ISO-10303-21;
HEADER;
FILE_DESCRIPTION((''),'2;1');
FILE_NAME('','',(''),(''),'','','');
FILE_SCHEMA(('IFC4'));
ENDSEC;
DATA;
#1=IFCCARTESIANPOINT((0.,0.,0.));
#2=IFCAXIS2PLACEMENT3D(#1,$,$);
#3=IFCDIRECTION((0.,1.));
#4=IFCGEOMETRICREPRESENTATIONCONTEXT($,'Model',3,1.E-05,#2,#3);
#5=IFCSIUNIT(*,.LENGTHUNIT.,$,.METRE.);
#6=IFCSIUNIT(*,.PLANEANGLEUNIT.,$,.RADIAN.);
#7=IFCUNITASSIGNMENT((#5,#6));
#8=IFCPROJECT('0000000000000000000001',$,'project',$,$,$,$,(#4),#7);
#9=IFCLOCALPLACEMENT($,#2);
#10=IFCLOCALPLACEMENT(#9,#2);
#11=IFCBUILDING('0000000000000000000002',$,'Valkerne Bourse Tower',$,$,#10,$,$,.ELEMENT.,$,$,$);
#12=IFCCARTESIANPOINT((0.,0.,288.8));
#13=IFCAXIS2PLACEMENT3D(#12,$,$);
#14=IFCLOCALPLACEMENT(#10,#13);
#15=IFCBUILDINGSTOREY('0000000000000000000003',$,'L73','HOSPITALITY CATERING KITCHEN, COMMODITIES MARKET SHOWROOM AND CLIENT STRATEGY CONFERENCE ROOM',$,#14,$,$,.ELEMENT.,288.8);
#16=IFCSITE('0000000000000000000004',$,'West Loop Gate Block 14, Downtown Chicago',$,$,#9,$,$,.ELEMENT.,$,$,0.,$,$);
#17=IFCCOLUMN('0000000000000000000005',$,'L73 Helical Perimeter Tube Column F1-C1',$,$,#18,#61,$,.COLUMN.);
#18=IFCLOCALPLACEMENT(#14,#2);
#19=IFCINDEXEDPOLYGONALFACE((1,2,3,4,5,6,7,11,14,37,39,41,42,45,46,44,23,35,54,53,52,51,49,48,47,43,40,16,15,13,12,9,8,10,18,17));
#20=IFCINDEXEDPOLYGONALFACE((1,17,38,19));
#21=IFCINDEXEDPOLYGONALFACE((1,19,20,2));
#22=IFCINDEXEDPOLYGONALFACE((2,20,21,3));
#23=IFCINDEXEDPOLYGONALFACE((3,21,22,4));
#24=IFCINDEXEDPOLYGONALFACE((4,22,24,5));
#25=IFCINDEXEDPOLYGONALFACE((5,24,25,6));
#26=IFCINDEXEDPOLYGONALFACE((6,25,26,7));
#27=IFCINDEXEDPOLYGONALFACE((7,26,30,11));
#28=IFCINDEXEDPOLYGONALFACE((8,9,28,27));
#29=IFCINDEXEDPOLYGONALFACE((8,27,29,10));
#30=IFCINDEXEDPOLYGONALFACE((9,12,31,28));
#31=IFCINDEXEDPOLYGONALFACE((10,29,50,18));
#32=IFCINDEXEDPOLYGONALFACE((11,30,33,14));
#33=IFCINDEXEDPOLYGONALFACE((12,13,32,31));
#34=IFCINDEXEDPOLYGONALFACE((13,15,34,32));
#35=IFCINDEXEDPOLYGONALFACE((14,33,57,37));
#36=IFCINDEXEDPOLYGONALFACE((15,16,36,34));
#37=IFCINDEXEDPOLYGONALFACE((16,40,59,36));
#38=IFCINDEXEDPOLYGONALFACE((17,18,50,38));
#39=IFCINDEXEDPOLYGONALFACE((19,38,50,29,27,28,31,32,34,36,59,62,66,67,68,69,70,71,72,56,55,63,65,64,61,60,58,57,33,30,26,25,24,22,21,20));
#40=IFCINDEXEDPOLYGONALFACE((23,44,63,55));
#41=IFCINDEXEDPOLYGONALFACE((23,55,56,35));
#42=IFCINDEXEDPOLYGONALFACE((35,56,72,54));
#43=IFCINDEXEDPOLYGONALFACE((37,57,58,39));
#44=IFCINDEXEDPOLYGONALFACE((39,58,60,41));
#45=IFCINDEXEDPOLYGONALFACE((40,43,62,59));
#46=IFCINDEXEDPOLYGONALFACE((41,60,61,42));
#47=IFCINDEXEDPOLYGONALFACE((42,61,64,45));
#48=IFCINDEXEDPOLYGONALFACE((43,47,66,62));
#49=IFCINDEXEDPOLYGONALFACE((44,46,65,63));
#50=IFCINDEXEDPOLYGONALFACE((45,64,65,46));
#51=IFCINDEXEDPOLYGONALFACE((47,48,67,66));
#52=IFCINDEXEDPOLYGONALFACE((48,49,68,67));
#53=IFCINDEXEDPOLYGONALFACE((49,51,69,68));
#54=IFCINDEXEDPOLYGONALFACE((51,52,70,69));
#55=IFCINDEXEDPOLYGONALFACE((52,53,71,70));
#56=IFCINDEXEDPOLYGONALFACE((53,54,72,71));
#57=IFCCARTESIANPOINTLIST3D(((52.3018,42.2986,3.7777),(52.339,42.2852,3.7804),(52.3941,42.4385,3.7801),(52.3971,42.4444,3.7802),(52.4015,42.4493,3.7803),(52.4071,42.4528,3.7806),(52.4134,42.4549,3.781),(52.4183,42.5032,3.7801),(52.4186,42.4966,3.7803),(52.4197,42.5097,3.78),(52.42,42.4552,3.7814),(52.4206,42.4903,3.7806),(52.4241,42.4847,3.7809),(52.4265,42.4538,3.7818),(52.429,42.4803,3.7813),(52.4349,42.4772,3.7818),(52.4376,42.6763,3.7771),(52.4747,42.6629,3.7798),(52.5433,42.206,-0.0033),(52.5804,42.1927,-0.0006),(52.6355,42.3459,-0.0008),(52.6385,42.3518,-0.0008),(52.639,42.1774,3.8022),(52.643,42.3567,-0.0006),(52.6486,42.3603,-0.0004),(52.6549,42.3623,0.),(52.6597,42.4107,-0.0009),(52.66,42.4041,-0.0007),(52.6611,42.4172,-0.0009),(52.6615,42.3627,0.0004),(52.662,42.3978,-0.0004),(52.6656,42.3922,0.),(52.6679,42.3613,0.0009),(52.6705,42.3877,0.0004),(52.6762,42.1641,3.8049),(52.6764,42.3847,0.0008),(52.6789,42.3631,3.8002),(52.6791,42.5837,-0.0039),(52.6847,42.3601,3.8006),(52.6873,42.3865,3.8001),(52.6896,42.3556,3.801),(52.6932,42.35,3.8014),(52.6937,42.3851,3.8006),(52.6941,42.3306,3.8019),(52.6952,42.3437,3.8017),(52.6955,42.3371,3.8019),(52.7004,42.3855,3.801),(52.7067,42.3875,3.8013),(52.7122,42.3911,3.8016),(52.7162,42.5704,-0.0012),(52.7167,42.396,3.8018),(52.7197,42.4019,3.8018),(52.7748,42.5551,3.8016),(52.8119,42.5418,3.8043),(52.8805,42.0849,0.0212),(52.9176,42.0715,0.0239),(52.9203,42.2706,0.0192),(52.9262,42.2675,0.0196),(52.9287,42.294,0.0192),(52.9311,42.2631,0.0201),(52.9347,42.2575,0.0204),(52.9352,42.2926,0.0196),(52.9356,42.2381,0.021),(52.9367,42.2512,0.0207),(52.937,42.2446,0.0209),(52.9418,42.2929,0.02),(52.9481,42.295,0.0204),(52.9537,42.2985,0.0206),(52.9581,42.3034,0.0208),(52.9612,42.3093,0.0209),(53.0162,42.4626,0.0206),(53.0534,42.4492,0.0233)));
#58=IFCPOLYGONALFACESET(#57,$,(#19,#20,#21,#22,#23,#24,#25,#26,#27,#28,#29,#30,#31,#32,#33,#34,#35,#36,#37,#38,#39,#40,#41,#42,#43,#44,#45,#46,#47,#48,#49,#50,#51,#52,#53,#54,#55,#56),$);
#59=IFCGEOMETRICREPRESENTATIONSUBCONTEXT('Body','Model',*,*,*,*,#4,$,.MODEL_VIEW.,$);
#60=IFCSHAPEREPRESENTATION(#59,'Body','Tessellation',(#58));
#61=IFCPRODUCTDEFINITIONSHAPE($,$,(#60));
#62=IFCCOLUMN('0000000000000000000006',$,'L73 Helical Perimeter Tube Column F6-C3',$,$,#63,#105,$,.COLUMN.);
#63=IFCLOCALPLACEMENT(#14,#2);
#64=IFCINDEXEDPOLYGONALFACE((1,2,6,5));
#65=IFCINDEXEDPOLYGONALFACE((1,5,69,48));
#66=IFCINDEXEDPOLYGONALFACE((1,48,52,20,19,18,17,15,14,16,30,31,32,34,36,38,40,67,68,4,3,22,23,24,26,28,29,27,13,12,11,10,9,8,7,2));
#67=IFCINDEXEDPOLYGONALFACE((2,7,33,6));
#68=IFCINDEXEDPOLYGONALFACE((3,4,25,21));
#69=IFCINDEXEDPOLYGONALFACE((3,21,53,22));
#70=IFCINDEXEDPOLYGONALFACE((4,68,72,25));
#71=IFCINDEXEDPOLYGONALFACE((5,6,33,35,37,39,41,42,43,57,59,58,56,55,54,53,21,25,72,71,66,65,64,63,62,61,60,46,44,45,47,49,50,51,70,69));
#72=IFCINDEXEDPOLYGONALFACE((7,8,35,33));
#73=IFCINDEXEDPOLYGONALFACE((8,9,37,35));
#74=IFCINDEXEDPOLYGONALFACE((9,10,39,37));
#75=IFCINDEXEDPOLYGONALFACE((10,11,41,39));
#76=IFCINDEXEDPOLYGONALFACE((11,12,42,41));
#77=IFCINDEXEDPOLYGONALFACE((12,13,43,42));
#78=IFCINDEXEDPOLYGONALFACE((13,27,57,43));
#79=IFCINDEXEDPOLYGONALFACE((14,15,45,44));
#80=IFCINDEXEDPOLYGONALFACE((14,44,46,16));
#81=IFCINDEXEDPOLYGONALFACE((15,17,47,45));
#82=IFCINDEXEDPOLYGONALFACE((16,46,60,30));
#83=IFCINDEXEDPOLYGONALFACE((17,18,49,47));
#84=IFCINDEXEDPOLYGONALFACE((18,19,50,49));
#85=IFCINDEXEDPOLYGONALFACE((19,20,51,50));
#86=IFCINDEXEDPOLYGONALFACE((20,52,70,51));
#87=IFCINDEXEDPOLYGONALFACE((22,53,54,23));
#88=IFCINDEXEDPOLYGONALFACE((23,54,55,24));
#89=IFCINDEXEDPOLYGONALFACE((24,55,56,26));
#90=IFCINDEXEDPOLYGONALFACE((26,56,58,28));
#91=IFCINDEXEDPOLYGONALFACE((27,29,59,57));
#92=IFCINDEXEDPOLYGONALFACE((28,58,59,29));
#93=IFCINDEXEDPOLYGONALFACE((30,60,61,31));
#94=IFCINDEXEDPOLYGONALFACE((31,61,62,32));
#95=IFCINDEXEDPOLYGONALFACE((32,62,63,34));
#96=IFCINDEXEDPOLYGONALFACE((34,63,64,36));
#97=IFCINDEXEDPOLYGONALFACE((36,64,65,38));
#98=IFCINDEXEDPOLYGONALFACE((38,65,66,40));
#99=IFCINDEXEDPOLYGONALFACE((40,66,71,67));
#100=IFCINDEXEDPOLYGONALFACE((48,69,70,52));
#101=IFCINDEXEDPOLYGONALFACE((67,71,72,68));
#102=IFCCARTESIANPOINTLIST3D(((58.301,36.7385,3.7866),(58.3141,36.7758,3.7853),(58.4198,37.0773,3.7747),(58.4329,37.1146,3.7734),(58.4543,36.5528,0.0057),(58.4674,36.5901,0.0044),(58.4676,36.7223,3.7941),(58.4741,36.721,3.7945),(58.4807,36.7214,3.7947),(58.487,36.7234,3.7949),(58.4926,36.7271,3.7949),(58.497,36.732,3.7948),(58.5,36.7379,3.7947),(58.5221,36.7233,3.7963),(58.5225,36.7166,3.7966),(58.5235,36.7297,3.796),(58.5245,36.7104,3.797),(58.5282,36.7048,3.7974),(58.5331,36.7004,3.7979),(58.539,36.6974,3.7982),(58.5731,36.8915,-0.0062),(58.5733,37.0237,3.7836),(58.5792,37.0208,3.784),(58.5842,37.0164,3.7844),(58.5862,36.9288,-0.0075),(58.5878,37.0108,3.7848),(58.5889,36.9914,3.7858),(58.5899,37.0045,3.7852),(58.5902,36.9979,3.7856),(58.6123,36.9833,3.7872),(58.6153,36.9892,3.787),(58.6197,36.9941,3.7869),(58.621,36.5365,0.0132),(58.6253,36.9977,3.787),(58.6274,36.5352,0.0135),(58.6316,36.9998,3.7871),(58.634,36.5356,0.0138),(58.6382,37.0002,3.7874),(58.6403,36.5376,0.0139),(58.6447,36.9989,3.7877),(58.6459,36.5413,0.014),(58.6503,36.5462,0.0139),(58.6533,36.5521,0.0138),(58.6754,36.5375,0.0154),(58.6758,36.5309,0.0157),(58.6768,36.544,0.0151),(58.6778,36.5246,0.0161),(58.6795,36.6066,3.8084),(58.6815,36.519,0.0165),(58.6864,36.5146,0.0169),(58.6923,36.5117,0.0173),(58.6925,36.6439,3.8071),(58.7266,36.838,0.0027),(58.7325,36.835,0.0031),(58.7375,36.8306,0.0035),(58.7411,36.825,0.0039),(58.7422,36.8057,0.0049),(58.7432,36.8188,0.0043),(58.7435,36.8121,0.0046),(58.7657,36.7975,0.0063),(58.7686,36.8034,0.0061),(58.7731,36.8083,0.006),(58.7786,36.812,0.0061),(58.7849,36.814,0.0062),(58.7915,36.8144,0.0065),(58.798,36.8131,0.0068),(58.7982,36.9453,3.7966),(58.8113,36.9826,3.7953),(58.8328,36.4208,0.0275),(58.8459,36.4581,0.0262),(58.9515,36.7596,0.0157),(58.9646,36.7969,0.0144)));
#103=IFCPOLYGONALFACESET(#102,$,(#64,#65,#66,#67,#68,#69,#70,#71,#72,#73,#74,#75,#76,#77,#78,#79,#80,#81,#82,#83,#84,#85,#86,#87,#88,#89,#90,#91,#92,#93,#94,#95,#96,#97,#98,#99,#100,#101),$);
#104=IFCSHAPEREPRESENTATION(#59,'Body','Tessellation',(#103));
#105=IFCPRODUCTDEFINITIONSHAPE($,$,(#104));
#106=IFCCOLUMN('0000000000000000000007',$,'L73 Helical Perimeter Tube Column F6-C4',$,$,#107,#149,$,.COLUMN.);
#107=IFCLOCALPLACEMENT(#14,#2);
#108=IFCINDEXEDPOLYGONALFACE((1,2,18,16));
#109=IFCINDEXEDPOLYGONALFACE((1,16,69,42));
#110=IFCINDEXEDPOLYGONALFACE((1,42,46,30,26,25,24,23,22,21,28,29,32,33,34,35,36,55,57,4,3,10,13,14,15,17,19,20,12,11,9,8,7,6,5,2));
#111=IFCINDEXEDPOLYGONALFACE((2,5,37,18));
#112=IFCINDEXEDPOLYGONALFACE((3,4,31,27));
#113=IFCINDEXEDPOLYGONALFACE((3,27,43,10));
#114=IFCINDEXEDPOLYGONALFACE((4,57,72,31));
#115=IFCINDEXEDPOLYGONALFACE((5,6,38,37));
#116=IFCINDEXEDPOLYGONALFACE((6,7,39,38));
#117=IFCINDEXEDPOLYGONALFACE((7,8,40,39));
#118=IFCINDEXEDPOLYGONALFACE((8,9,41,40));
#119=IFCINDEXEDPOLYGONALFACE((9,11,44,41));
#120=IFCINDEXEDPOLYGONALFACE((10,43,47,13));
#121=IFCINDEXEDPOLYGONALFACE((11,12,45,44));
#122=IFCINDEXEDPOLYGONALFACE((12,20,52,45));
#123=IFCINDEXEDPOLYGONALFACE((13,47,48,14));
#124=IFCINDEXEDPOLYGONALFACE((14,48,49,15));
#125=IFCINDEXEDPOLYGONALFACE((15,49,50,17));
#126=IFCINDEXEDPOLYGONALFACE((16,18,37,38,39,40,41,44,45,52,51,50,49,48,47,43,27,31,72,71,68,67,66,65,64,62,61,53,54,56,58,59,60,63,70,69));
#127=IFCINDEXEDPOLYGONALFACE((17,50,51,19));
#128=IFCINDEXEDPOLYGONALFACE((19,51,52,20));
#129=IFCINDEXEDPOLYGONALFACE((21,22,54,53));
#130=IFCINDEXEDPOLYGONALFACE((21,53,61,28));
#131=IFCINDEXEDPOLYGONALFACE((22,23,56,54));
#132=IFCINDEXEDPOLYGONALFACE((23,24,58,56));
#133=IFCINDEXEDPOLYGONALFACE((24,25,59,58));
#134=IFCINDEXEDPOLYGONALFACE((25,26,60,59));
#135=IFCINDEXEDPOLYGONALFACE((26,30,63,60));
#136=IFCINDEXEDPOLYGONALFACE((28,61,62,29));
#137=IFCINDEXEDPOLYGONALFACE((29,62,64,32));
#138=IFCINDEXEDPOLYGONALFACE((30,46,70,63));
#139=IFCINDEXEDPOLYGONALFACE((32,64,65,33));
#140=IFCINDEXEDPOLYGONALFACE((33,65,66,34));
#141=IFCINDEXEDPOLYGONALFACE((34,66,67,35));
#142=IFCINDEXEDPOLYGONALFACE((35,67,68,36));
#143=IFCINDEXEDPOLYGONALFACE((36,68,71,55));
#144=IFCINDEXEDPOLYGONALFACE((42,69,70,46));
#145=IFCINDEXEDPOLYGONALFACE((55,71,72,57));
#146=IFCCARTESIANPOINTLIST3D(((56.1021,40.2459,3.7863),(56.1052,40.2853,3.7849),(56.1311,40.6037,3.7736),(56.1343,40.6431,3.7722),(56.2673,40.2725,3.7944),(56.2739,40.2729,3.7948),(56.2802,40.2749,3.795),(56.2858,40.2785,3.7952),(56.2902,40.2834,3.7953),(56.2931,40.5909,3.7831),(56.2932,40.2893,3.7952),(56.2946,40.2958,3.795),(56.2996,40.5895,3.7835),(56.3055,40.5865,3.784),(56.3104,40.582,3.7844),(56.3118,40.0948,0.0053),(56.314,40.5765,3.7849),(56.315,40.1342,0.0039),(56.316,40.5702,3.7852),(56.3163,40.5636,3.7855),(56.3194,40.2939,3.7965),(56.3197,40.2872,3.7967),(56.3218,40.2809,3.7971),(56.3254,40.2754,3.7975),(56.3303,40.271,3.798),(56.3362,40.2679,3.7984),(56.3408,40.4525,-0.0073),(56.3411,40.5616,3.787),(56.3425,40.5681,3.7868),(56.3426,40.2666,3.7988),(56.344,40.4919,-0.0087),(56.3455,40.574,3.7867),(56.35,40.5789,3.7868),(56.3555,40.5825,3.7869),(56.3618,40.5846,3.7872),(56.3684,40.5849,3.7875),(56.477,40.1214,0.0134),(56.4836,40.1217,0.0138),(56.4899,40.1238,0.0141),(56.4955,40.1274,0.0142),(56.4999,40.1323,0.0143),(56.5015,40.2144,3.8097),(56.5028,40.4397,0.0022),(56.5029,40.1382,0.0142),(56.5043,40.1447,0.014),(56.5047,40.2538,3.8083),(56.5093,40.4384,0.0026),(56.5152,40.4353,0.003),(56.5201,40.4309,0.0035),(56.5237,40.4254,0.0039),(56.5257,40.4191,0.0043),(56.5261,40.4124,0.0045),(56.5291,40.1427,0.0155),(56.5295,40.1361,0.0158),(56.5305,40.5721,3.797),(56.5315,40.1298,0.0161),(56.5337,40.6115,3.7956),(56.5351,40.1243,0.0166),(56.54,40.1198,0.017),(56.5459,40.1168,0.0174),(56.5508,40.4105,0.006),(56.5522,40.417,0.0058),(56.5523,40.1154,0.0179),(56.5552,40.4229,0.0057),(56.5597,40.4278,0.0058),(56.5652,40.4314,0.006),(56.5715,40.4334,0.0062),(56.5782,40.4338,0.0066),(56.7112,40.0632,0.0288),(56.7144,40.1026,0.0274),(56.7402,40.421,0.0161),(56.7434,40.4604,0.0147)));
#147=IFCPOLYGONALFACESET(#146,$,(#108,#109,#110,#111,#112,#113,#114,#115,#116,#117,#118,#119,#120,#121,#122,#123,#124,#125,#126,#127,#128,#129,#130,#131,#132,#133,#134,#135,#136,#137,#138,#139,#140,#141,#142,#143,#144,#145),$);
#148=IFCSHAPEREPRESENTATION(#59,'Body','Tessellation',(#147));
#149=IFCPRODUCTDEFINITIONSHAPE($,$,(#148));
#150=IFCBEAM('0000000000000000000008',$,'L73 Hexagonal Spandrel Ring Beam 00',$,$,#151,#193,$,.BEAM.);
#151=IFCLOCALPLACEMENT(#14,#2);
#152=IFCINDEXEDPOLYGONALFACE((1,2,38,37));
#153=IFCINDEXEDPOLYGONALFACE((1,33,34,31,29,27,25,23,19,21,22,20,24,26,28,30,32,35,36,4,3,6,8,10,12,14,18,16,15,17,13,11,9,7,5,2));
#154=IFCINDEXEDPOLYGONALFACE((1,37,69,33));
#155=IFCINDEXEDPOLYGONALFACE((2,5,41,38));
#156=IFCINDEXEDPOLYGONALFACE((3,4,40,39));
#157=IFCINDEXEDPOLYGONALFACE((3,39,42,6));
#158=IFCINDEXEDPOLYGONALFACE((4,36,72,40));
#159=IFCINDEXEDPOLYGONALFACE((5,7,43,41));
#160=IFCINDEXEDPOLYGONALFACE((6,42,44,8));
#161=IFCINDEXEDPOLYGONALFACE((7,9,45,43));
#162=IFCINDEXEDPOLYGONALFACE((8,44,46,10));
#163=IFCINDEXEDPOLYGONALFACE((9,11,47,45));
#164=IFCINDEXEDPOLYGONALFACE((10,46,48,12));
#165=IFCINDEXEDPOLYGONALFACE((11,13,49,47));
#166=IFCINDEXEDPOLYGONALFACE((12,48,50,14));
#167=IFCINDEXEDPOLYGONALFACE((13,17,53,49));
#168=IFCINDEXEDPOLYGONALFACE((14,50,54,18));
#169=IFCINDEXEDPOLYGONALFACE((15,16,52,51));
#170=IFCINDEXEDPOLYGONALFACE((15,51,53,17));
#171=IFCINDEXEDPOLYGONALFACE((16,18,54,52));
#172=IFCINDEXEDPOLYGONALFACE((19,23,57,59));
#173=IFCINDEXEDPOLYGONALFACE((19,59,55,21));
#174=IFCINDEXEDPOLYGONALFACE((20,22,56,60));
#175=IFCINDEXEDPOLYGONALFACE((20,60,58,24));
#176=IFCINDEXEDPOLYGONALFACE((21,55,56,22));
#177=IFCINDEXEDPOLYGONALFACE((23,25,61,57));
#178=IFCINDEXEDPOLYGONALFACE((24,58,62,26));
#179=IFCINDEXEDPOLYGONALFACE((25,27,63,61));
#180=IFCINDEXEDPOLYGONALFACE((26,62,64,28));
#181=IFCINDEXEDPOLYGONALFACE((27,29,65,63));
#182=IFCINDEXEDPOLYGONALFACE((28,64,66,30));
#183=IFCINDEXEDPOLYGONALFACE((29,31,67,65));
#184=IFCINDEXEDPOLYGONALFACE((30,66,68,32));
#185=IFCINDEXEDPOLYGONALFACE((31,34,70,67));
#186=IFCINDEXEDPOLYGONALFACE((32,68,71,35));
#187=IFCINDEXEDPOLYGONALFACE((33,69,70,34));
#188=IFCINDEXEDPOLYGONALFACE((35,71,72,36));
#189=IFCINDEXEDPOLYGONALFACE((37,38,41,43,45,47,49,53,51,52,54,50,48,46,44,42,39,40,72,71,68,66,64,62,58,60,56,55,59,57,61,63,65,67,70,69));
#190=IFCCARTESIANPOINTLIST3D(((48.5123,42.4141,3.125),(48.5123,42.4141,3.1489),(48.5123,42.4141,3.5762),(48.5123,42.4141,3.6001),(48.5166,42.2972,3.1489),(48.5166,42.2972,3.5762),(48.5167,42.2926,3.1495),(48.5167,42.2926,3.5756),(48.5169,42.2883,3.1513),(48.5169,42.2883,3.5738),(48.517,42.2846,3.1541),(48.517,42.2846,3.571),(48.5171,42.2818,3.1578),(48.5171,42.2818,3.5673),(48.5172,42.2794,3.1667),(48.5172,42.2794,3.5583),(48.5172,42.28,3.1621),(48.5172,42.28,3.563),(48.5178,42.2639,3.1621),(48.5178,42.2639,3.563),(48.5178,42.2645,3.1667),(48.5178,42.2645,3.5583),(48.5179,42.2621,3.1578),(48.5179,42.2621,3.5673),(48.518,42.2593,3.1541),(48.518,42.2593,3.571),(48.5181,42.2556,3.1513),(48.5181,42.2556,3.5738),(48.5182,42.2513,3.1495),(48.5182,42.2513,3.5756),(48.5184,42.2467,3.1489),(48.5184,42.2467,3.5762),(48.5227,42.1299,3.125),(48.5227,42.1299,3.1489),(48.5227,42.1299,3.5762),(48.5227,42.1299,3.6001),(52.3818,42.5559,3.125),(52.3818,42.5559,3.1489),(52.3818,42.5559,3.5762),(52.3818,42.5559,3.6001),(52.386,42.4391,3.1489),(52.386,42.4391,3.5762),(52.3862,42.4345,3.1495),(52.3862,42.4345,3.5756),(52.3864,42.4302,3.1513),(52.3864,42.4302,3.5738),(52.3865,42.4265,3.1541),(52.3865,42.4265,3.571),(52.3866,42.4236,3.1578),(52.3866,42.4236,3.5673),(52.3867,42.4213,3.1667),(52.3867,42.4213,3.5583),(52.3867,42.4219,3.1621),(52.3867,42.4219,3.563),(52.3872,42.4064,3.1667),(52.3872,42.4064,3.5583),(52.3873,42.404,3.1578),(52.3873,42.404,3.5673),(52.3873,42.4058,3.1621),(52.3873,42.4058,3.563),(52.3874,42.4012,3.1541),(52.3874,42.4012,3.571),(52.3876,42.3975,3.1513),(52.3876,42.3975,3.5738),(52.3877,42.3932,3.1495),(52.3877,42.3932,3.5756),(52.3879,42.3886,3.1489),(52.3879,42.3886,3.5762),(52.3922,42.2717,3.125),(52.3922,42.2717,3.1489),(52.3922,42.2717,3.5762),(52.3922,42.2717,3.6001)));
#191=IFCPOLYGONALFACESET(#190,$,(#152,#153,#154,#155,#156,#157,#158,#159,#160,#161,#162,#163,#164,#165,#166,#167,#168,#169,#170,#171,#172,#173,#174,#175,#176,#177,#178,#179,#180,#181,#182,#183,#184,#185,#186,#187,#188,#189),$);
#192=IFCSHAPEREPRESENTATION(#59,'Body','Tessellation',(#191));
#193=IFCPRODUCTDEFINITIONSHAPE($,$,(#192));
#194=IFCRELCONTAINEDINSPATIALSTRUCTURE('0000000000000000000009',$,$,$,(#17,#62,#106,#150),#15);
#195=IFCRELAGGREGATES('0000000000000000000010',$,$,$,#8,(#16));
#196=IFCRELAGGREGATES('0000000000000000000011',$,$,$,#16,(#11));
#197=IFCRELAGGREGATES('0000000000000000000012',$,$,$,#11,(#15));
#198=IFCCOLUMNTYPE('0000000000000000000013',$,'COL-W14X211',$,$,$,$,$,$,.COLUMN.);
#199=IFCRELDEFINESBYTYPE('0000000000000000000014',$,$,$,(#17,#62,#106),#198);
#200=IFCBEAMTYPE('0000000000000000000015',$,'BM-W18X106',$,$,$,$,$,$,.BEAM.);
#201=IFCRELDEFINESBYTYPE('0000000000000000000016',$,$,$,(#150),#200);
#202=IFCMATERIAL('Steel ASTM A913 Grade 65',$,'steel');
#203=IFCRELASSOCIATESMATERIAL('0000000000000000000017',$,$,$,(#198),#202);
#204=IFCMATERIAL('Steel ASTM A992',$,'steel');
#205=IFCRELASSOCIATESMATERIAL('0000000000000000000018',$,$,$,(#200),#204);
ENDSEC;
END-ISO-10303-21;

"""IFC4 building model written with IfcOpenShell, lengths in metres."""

from ifc_helpers import new_model, si_unit, direction, frame, origin, origin_2d, place, context, subcontext, project, spatial, i_section, extrude, material, material_profile, profile_set, type_object, element, save


model = new_model("IFC4")

# Units and contexts
model_context = context("Model", 3, precision=1e-05, world=origin(), true_north=direction((0.0, 1.0)))
body_context = subcontext(model_context, "Body", "Model", "MODEL_VIEW")
ifc_project = project(units=[si_unit("LENGTHUNIT", "METRE"), si_unit("PLANEANGLEUNIT", "RADIAN")], contexts=[model_context])

# Site, building, storey
site_placement = place(None, origin())
site = spatial("IfcSite", under=ifc_project, at=site_placement, Name="West Loop Gate Block 14, Downtown Chicago", CompositionType="ELEMENT", RefElevation=0.0)
building_placement = place(site_placement, origin())
building = spatial("IfcBuilding", under=site, at=building_placement, Name="Valkerne Bourse Tower", CompositionType="ELEMENT")
storey_placement = place(building_placement, frame((0.0, 0.0, 288.8)))
storey = spatial("IfcBuildingStorey", under=building, at=storey_placement, Name="L73", Description="HOSPITALITY CATERING KITCHEN, COMMODITIES MARKET SHOWROOM AND CLIENT STRATEGY CONFERENCE ROOM", CompositionType="ELEMENT", Elevation=288.8)

# Columns
ifc_material_1 = material(Name="Steel ASTM A913 Grade 65", Category="steel")
ifc_material_profile_1 = material_profile(ifc_material_1, i_section(OverallWidth=0.4014, OverallDepth=0.3987, WebThickness=0.0249, FlangeThickness=0.0396, FilletRadius=0.0254, at=origin_2d()), Name="W14X211")
ifc_profile_set_1 = profile_set([ifc_material_profile_1], Name="Steel ASTM A913 Grade 65")
column_type = type_object("IfcColumnType", Name="COL-W14X211", PredefinedType="COLUMN", material=ifc_profile_set_1)
column_1_placement = place(storey_placement, frame((52.7983, 42.3276, 0.01), z_axis=(-0.063711, 0.024415, 0.99767), x_axis=(0.338251, 0.941055, -0.001429)))
element("IfcColumn", 1, at=column_1_placement, inside=storey, type_object=column_type, Name="L73 Helical Perimeter Tube Column F1-C1", PredefinedType="COLUMN", context=body_context, shape_type="SweptSolid", body=[
    extrude(i_section(OverallWidth=0.4014, OverallDepth=0.3987, WebThickness=0.0249, FlangeThickness=0.0396, FilletRadius=0.0254, at=origin_2d()), origin(), (0.0, 0.0, 1.0), 3.7898),
])
column_2_placement = place(storey_placement, frame((58.7095, 36.6748, 0.01), z_axis=(-0.040468, 0.049039, 0.997977), x_axis=(0.942875, -0.328678, 0.054384)))
element("IfcColumn", 2, at=column_2_placement, inside=storey, type_object=column_type, Name="L73 Helical Perimeter Tube Column F6-C3", PredefinedType="COLUMN", context=body_context, shape_type="SweptSolid", body=[
    extrude(i_section(OverallWidth=0.4014, OverallDepth=0.3987, WebThickness=0.0249, FlangeThickness=0.0396, FilletRadius=0.0254, at=origin_2d()), origin(), (0.0, 0.0, 1.0), 3.7886),
])
column_3_placement = place(storey_placement, frame((56.5276, 40.2776, 0.01), z_axis=(-0.055337, 0.039876, 0.997671), x_axis=(0.995195, -0.078629, 0.058342)))
element("IfcColumn", 3, at=column_3_placement, inside=storey, type_object=column_type, Name="L73 Helical Perimeter Tube Column F6-C4", PredefinedType="COLUMN", context=body_context, shape_type="SweptSolid", body=[
    extrude(i_section(OverallWidth=0.4014, OverallDepth=0.3987, WebThickness=0.0249, FlangeThickness=0.0396, FilletRadius=0.0254, at=origin_2d()), origin(), (0.0, 0.0, 1.0), 3.7898),
])

# Beam
ifc_material_2 = material(Name="Steel ASTM A992", Category="steel")
ifc_material_profile_2 = material_profile(ifc_material_2, i_section(OverallWidth=0.2844, OverallDepth=0.4751, WebThickness=0.0149, FlangeThickness=0.0239, FilletRadius=0.0178, at=origin_2d()), Name="W18X106")
ifc_profile_set_2 = profile_set([ifc_material_profile_2], Name="Steel ASTM A992")
beam_type = type_object("IfcBeamType", Name="BM-W18X106", PredefinedType="BEAM", material=ifc_profile_set_2)
for number, where, z_axis, x_axis, name in (
    (4, (52.387, 42.4138, 3.3625), (-0.999329, -0.036634, 0.0), (0.036634, -0.999329, 0.0), "L73 Hexagonal Spandrel Ring Beam 00"),
):
    element("IfcBeam", number, at=place(storey_placement, frame(where, z_axis=z_axis, x_axis=x_axis)), inside=storey, type_object=beam_type, Name=name, PredefinedType="BEAM", context=body_context, shape_type="SweptSolid", body=[
        extrude(i_section(OverallWidth=0.2844, OverallDepth=0.4751, WebThickness=0.0149, FlangeThickness=0.0239, FilletRadius=0.0178, at=origin_2d()), origin(), (0.0, 0.0, 1.0), 3.8721),
    ])

save(model, "model.ifc")
